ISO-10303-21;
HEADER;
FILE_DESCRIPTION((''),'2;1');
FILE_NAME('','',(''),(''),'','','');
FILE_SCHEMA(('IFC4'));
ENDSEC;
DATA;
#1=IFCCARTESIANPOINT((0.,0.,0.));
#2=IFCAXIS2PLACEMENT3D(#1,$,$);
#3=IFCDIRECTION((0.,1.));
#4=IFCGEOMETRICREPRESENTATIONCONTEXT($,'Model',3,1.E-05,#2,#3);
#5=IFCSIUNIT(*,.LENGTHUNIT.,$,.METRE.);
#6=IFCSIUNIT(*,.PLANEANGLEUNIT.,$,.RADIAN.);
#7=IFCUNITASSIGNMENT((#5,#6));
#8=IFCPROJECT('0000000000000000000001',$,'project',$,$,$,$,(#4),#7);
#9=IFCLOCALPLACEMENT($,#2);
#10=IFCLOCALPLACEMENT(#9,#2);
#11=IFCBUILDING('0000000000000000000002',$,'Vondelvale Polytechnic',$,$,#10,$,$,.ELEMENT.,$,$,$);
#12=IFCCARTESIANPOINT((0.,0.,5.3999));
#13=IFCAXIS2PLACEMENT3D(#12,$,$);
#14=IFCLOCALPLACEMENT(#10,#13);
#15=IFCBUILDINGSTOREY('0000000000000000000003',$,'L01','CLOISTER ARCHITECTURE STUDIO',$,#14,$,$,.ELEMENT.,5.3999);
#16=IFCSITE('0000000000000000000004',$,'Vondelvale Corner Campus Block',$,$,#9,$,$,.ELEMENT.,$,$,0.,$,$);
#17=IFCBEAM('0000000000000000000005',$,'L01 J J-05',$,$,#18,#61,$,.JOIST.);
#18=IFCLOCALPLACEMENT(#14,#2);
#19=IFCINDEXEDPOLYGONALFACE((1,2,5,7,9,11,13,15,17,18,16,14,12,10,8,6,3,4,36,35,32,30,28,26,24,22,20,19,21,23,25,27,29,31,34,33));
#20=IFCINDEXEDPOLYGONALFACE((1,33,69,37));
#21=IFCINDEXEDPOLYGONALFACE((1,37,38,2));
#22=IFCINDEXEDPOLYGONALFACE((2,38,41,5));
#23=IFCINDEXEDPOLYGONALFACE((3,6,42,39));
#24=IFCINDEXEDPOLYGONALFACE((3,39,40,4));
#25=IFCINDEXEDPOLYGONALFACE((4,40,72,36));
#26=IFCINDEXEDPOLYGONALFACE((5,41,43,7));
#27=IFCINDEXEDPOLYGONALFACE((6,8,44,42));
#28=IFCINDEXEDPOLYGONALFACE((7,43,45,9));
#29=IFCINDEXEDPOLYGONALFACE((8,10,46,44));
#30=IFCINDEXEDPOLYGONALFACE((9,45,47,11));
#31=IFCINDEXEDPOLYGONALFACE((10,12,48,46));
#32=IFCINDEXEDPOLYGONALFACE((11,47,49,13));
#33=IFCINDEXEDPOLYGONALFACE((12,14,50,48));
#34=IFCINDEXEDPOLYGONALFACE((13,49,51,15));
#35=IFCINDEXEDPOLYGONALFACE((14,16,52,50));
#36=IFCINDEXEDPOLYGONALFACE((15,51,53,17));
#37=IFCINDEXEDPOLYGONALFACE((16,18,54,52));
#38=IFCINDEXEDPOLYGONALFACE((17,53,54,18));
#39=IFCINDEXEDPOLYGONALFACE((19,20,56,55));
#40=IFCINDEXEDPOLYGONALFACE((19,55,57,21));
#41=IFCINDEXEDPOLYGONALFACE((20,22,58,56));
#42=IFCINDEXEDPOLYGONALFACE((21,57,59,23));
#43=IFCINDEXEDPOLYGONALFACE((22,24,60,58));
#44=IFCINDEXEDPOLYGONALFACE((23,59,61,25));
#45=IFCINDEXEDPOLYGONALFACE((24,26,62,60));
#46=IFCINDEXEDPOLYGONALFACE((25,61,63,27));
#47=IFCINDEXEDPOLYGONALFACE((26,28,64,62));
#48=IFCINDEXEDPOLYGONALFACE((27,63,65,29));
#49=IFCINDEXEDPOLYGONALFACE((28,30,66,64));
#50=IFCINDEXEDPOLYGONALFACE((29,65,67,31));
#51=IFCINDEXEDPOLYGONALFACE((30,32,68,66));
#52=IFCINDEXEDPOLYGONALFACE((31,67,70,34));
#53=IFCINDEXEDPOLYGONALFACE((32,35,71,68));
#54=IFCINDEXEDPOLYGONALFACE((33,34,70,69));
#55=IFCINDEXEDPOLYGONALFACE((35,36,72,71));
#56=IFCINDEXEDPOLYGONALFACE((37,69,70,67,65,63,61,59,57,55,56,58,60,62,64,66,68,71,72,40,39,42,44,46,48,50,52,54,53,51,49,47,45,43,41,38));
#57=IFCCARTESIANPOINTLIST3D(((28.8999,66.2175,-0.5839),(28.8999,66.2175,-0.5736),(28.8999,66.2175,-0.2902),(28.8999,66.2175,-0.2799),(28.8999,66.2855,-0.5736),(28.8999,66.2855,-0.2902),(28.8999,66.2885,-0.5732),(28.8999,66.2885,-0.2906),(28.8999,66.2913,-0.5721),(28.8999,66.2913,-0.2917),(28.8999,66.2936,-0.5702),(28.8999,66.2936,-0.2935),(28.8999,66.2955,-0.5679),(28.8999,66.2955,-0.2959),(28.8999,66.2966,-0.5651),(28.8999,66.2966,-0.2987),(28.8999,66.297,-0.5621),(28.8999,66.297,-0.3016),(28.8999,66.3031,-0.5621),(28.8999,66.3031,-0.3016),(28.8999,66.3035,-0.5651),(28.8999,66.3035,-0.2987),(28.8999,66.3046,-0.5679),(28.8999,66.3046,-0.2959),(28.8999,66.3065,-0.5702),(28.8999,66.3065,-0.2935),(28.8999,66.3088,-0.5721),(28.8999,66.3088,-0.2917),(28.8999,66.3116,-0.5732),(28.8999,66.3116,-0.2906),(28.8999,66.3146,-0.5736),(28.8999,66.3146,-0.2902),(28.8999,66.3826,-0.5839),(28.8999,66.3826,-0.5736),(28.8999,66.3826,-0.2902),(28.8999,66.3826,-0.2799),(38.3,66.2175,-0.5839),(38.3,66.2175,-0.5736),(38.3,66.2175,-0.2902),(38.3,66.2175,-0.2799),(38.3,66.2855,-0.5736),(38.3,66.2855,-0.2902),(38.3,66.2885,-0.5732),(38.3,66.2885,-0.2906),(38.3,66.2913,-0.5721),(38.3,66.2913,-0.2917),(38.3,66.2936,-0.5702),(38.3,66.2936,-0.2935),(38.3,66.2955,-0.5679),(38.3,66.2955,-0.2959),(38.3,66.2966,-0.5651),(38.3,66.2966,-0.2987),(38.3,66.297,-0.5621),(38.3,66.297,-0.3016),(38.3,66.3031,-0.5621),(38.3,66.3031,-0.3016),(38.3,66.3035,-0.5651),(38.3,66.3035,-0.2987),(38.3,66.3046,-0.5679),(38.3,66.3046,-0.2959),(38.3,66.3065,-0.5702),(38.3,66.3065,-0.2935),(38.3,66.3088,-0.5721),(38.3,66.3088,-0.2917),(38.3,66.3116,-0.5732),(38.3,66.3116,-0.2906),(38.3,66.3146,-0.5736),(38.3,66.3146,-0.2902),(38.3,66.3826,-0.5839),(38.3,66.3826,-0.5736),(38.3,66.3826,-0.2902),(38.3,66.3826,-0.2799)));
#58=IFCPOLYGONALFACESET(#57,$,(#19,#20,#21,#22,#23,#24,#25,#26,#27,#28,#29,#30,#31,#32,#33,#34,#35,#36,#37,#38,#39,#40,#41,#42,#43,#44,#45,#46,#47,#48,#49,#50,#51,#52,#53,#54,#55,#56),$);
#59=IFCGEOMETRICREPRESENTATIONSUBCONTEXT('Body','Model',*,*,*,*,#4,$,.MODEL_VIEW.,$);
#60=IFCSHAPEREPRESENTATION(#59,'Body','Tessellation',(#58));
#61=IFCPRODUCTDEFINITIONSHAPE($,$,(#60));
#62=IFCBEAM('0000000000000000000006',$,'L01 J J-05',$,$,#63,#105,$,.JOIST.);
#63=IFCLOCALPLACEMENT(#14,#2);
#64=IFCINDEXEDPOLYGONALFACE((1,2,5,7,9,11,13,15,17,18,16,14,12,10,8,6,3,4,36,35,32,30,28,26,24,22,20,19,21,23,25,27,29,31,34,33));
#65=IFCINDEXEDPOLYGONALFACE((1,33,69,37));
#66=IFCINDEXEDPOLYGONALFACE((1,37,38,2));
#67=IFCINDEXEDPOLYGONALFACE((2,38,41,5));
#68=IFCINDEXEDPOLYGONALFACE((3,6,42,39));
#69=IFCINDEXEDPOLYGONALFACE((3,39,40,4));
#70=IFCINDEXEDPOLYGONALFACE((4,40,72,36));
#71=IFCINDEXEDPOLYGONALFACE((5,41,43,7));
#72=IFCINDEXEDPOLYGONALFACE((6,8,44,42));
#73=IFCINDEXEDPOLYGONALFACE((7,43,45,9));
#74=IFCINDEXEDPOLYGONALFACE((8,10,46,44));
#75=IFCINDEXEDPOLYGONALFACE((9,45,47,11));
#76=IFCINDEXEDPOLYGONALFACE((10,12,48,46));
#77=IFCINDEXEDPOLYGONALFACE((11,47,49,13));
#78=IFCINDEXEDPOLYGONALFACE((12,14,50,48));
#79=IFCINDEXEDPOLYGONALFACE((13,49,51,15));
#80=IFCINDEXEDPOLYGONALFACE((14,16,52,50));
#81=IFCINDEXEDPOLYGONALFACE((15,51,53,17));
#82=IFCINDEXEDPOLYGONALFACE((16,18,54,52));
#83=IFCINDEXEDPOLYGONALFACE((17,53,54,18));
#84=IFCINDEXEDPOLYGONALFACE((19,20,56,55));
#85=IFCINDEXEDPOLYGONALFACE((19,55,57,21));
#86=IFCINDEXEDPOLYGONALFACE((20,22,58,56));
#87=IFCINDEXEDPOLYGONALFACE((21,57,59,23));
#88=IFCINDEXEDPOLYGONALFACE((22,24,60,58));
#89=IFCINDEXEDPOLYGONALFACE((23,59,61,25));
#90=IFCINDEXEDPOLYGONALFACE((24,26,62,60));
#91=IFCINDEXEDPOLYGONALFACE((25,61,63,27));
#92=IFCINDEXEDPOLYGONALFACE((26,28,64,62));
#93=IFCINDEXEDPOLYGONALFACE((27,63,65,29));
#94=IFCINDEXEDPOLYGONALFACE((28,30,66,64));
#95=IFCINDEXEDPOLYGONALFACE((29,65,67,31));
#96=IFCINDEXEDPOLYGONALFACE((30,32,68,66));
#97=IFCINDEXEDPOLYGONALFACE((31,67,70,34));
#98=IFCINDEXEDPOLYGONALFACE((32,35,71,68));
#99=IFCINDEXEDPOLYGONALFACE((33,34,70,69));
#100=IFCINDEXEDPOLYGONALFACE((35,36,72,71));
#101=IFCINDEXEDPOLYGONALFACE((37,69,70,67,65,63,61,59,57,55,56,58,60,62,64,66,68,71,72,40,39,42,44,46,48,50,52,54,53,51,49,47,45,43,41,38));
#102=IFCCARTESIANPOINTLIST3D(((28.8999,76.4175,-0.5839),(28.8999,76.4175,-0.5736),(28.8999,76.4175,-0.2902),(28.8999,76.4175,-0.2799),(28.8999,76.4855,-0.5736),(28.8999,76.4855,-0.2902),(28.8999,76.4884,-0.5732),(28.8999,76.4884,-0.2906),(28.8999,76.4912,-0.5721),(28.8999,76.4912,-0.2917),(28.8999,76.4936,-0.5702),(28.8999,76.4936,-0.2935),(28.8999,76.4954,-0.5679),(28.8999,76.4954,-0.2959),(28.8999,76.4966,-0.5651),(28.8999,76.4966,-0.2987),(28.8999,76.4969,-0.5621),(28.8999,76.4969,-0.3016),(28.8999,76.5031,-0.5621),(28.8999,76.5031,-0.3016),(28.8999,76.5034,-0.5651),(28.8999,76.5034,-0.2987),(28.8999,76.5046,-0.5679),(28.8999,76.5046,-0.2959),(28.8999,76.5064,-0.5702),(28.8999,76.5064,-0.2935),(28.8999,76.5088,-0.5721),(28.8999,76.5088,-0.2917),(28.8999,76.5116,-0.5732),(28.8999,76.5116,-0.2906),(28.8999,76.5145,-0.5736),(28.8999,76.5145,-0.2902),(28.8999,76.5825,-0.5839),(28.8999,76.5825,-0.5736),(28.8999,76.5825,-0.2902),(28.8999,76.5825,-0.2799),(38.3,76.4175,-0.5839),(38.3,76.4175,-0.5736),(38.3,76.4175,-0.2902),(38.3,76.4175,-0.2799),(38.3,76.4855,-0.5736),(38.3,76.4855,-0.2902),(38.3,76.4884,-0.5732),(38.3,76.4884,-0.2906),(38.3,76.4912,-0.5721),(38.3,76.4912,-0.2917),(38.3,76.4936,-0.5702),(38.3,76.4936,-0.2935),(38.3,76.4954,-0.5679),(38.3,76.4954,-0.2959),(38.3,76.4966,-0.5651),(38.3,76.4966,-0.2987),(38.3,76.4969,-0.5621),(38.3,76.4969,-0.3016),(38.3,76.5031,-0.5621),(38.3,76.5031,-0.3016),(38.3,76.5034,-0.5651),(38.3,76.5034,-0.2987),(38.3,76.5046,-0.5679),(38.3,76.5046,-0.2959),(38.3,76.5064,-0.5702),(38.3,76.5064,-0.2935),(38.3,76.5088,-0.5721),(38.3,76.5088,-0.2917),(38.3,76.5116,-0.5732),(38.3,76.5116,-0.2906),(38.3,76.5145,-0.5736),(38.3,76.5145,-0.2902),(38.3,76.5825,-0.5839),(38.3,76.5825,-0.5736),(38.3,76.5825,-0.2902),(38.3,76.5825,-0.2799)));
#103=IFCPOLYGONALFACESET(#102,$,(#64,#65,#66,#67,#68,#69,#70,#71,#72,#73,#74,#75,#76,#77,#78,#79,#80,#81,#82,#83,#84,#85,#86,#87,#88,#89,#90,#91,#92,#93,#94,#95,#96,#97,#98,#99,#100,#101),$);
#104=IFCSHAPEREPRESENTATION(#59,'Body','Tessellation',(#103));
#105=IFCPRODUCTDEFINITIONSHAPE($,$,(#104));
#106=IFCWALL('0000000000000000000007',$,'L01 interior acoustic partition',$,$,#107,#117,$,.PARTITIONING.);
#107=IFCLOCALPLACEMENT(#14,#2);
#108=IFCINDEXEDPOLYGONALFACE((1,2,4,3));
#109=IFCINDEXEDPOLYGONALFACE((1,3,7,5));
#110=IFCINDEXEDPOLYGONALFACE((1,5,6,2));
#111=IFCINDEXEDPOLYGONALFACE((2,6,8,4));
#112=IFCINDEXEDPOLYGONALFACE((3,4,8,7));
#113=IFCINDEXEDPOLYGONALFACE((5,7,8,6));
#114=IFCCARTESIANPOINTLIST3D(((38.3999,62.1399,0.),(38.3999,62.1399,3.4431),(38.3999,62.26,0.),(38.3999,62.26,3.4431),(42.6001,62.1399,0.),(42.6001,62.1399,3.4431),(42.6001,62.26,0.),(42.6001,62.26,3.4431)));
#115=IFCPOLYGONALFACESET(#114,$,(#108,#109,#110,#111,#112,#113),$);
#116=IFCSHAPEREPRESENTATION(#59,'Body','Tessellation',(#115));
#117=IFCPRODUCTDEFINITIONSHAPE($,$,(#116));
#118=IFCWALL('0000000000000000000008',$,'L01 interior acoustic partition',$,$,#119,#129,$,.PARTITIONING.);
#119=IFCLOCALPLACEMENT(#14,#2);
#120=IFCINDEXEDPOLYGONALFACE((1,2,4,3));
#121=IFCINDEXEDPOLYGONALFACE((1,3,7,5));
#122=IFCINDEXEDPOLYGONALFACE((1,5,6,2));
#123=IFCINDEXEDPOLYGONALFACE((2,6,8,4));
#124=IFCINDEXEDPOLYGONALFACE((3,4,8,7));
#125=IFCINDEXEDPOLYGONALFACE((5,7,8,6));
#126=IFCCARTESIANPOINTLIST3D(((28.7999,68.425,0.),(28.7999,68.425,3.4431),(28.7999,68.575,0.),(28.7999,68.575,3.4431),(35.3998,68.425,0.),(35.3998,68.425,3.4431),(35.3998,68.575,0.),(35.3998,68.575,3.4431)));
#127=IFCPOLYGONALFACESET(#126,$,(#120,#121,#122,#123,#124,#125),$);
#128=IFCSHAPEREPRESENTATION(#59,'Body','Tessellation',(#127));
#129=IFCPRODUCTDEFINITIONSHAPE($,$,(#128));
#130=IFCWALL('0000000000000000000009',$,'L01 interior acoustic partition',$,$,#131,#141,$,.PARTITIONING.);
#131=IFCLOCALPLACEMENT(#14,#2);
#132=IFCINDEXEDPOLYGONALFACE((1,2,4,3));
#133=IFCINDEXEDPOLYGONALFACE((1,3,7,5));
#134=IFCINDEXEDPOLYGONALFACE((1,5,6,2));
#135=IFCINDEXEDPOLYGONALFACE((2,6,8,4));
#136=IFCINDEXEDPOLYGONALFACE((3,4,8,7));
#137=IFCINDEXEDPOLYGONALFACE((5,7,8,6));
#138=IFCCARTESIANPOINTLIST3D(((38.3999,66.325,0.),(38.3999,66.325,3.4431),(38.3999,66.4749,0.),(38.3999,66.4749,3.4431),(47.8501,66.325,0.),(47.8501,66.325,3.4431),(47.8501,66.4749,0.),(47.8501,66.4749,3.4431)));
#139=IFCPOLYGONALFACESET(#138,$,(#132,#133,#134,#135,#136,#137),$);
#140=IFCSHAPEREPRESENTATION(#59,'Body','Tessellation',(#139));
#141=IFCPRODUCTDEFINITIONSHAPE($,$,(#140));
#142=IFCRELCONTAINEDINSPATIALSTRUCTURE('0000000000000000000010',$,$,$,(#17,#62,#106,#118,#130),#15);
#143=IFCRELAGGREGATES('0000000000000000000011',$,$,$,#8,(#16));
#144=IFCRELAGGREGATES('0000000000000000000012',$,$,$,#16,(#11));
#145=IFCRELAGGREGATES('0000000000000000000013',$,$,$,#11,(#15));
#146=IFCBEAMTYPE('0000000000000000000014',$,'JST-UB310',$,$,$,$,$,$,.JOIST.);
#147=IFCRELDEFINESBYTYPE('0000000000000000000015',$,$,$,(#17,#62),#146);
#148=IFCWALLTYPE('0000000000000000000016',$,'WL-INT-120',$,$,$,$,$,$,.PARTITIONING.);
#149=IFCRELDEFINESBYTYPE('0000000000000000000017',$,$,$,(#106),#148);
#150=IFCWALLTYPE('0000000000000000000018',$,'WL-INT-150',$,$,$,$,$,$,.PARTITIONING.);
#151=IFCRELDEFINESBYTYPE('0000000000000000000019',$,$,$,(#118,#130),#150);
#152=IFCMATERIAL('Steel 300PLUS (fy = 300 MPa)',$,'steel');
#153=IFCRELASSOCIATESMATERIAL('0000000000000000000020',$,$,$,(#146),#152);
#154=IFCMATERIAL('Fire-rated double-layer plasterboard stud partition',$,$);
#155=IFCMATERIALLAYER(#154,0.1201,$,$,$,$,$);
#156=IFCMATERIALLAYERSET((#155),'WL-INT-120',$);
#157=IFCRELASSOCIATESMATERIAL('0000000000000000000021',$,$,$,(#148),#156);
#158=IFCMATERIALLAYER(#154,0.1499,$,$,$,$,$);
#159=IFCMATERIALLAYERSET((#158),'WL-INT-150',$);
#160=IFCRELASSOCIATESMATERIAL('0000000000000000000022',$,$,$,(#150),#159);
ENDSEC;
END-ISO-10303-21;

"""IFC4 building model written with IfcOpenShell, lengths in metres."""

from ifc_helpers import new_model, si_unit, direction, frame, frame_2d, origin, origin_2d, place, context, subcontext, project, spatial, rectangle, i_section, extrude, material, layer, layer_set, material_profile, profile_set, type_object, element, save


model = new_model("IFC4")

# Units and contexts
model_context = context("Model", 3, precision=1e-05, world=origin(), true_north=direction((0.0, 1.0)))
body_context = subcontext(model_context, "Body", "Model", "MODEL_VIEW")
ifc_project = project(units=[si_unit("LENGTHUNIT", "METRE"), si_unit("PLANEANGLEUNIT", "RADIAN")], contexts=[model_context])

# Site, building, storey
site_placement = place(None, origin())
site = spatial("IfcSite", under=ifc_project, at=site_placement, Name="Vondelvale Corner Campus Block", CompositionType="ELEMENT", RefElevation=0.0)
building_placement = place(site_placement, origin())
building = spatial("IfcBuilding", under=site, at=building_placement, Name="Vondelvale Polytechnic", CompositionType="ELEMENT")
storey_placement = place(building_placement, frame((0.0, 0.0, 5.3999)))
storey = spatial("IfcBuildingStorey", under=building, at=storey_placement, Name="L01", Description="CLOISTER ARCHITECTURE STUDIO", CompositionType="ELEMENT", Elevation=5.3999)

# Shared definitions
ifc_material_1 = material(Name="Steel 300PLUS (fy = 300 MPa)", Category="steel")

# Beams
ifc_material_profile_1 = material_profile(ifc_material_1, i_section(OverallWidth=0.165, OverallDepth=0.304, WebThickness=0.0061, FlangeThickness=0.0103, FilletRadius=0.0115, at=origin_2d()), Name="310UB40.4")
ifc_profile_set_1 = profile_set([ifc_material_profile_1], Name="Steel 300PLUS (fy = 300 MPa)")
beam_type_1 = type_object("IfcBeamType", Name="JST-UB310", PredefinedType="JOIST", material=ifc_profile_set_1)
for number, where, z_axis, x_axis, name in (
    (1, (28.8999, 66.3, -0.4319), (1.0, 0.0, 0.0), (0.0, 1.0, 0.0), "L01 J J-05"),
    (2, (28.8999, 76.5, -0.4319), (1.0, 0.0, 0.0), (0.0, 1.0, 0.0), "L01 J J-05"),
):
    element("IfcBeam", number, at=place(storey_placement, frame(where, z_axis=z_axis, x_axis=x_axis)), inside=storey, type_object=beam_type_1, Name=name, PredefinedType="JOIST", context=body_context, shape_type="SweptSolid", body=[
        extrude(i_section(OverallWidth=0.165, OverallDepth=0.304, WebThickness=0.0061, FlangeThickness=0.0103, FilletRadius=0.0115, at=origin_2d()), origin(), (0.0, 0.0, 1.0), 9.4001),
    ])

# Walls
ifc_material_2 = material(Name="Fire-rated double-layer plasterboard stud partition")
ifc_layer_1 = layer(ifc_material_2, 0.1201)
ifc_layer_set_1 = layer_set([ifc_layer_1], Name="WL-INT-120")
wall_type_1 = type_object("IfcWallType", Name="WL-INT-120", PredefinedType="PARTITIONING", material=ifc_layer_set_1)
wall_1_placement = place(storey_placement, frame((38.3999, 62.2, 0.0), z_axis=(0.0, 0.0, 1.0), x_axis=(1.0, 0.0, 0.0)))
element("IfcWall", 3, at=wall_1_placement, inside=storey, type_object=wall_type_1, Name="L01 interior acoustic partition", PredefinedType="PARTITIONING", context=body_context, shape_type="SweptSolid", body=[
    extrude(rectangle(XDim=4.2002, YDim=0.1201, at=frame_2d((2.1001, 0.0))), origin(), (0.0, 0.0, 1.0), 3.4431),
])
ifc_layer_2 = layer(ifc_material_2, 0.1499)
ifc_layer_set_2 = layer_set([ifc_layer_2], Name="WL-INT-150")
wall_type_2 = type_object("IfcWallType", Name="WL-INT-150", PredefinedType="PARTITIONING", material=ifc_layer_set_2)
wall_2_placement = place(storey_placement, frame((28.8, 68.5, 0.0), z_axis=(0.0, 0.0, 1.0), x_axis=(1.0, 0.0, 0.0)))
element("IfcWall", 4, at=wall_2_placement, inside=storey, type_object=wall_type_2, Name="L01 interior acoustic partition", PredefinedType="PARTITIONING", context=body_context, shape_type="SweptSolid", body=[
    extrude(rectangle(XDim=6.5999, YDim=0.1499, at=frame_2d((3.2998, 0.0))), origin(), (0.0, 0.0, 1.0), 3.4431),
])
wall_3_placement = place(storey_placement, frame((38.3999, 66.3999, 0.0), z_axis=(0.0, 0.0, 1.0), x_axis=(1.0, 0.0, 0.0)))
element("IfcWall", 5, at=wall_3_placement, inside=storey, type_object=wall_type_2, Name="L01 interior acoustic partition", PredefinedType="PARTITIONING", context=body_context, shape_type="SweptSolid", body=[
    extrude(rectangle(XDim=9.4502, YDim=0.1499, at=frame_2d((4.7251, 0.0))), origin(), (0.0, 0.0, 1.0), 3.4431),
])

save(model, "model.ifc")
